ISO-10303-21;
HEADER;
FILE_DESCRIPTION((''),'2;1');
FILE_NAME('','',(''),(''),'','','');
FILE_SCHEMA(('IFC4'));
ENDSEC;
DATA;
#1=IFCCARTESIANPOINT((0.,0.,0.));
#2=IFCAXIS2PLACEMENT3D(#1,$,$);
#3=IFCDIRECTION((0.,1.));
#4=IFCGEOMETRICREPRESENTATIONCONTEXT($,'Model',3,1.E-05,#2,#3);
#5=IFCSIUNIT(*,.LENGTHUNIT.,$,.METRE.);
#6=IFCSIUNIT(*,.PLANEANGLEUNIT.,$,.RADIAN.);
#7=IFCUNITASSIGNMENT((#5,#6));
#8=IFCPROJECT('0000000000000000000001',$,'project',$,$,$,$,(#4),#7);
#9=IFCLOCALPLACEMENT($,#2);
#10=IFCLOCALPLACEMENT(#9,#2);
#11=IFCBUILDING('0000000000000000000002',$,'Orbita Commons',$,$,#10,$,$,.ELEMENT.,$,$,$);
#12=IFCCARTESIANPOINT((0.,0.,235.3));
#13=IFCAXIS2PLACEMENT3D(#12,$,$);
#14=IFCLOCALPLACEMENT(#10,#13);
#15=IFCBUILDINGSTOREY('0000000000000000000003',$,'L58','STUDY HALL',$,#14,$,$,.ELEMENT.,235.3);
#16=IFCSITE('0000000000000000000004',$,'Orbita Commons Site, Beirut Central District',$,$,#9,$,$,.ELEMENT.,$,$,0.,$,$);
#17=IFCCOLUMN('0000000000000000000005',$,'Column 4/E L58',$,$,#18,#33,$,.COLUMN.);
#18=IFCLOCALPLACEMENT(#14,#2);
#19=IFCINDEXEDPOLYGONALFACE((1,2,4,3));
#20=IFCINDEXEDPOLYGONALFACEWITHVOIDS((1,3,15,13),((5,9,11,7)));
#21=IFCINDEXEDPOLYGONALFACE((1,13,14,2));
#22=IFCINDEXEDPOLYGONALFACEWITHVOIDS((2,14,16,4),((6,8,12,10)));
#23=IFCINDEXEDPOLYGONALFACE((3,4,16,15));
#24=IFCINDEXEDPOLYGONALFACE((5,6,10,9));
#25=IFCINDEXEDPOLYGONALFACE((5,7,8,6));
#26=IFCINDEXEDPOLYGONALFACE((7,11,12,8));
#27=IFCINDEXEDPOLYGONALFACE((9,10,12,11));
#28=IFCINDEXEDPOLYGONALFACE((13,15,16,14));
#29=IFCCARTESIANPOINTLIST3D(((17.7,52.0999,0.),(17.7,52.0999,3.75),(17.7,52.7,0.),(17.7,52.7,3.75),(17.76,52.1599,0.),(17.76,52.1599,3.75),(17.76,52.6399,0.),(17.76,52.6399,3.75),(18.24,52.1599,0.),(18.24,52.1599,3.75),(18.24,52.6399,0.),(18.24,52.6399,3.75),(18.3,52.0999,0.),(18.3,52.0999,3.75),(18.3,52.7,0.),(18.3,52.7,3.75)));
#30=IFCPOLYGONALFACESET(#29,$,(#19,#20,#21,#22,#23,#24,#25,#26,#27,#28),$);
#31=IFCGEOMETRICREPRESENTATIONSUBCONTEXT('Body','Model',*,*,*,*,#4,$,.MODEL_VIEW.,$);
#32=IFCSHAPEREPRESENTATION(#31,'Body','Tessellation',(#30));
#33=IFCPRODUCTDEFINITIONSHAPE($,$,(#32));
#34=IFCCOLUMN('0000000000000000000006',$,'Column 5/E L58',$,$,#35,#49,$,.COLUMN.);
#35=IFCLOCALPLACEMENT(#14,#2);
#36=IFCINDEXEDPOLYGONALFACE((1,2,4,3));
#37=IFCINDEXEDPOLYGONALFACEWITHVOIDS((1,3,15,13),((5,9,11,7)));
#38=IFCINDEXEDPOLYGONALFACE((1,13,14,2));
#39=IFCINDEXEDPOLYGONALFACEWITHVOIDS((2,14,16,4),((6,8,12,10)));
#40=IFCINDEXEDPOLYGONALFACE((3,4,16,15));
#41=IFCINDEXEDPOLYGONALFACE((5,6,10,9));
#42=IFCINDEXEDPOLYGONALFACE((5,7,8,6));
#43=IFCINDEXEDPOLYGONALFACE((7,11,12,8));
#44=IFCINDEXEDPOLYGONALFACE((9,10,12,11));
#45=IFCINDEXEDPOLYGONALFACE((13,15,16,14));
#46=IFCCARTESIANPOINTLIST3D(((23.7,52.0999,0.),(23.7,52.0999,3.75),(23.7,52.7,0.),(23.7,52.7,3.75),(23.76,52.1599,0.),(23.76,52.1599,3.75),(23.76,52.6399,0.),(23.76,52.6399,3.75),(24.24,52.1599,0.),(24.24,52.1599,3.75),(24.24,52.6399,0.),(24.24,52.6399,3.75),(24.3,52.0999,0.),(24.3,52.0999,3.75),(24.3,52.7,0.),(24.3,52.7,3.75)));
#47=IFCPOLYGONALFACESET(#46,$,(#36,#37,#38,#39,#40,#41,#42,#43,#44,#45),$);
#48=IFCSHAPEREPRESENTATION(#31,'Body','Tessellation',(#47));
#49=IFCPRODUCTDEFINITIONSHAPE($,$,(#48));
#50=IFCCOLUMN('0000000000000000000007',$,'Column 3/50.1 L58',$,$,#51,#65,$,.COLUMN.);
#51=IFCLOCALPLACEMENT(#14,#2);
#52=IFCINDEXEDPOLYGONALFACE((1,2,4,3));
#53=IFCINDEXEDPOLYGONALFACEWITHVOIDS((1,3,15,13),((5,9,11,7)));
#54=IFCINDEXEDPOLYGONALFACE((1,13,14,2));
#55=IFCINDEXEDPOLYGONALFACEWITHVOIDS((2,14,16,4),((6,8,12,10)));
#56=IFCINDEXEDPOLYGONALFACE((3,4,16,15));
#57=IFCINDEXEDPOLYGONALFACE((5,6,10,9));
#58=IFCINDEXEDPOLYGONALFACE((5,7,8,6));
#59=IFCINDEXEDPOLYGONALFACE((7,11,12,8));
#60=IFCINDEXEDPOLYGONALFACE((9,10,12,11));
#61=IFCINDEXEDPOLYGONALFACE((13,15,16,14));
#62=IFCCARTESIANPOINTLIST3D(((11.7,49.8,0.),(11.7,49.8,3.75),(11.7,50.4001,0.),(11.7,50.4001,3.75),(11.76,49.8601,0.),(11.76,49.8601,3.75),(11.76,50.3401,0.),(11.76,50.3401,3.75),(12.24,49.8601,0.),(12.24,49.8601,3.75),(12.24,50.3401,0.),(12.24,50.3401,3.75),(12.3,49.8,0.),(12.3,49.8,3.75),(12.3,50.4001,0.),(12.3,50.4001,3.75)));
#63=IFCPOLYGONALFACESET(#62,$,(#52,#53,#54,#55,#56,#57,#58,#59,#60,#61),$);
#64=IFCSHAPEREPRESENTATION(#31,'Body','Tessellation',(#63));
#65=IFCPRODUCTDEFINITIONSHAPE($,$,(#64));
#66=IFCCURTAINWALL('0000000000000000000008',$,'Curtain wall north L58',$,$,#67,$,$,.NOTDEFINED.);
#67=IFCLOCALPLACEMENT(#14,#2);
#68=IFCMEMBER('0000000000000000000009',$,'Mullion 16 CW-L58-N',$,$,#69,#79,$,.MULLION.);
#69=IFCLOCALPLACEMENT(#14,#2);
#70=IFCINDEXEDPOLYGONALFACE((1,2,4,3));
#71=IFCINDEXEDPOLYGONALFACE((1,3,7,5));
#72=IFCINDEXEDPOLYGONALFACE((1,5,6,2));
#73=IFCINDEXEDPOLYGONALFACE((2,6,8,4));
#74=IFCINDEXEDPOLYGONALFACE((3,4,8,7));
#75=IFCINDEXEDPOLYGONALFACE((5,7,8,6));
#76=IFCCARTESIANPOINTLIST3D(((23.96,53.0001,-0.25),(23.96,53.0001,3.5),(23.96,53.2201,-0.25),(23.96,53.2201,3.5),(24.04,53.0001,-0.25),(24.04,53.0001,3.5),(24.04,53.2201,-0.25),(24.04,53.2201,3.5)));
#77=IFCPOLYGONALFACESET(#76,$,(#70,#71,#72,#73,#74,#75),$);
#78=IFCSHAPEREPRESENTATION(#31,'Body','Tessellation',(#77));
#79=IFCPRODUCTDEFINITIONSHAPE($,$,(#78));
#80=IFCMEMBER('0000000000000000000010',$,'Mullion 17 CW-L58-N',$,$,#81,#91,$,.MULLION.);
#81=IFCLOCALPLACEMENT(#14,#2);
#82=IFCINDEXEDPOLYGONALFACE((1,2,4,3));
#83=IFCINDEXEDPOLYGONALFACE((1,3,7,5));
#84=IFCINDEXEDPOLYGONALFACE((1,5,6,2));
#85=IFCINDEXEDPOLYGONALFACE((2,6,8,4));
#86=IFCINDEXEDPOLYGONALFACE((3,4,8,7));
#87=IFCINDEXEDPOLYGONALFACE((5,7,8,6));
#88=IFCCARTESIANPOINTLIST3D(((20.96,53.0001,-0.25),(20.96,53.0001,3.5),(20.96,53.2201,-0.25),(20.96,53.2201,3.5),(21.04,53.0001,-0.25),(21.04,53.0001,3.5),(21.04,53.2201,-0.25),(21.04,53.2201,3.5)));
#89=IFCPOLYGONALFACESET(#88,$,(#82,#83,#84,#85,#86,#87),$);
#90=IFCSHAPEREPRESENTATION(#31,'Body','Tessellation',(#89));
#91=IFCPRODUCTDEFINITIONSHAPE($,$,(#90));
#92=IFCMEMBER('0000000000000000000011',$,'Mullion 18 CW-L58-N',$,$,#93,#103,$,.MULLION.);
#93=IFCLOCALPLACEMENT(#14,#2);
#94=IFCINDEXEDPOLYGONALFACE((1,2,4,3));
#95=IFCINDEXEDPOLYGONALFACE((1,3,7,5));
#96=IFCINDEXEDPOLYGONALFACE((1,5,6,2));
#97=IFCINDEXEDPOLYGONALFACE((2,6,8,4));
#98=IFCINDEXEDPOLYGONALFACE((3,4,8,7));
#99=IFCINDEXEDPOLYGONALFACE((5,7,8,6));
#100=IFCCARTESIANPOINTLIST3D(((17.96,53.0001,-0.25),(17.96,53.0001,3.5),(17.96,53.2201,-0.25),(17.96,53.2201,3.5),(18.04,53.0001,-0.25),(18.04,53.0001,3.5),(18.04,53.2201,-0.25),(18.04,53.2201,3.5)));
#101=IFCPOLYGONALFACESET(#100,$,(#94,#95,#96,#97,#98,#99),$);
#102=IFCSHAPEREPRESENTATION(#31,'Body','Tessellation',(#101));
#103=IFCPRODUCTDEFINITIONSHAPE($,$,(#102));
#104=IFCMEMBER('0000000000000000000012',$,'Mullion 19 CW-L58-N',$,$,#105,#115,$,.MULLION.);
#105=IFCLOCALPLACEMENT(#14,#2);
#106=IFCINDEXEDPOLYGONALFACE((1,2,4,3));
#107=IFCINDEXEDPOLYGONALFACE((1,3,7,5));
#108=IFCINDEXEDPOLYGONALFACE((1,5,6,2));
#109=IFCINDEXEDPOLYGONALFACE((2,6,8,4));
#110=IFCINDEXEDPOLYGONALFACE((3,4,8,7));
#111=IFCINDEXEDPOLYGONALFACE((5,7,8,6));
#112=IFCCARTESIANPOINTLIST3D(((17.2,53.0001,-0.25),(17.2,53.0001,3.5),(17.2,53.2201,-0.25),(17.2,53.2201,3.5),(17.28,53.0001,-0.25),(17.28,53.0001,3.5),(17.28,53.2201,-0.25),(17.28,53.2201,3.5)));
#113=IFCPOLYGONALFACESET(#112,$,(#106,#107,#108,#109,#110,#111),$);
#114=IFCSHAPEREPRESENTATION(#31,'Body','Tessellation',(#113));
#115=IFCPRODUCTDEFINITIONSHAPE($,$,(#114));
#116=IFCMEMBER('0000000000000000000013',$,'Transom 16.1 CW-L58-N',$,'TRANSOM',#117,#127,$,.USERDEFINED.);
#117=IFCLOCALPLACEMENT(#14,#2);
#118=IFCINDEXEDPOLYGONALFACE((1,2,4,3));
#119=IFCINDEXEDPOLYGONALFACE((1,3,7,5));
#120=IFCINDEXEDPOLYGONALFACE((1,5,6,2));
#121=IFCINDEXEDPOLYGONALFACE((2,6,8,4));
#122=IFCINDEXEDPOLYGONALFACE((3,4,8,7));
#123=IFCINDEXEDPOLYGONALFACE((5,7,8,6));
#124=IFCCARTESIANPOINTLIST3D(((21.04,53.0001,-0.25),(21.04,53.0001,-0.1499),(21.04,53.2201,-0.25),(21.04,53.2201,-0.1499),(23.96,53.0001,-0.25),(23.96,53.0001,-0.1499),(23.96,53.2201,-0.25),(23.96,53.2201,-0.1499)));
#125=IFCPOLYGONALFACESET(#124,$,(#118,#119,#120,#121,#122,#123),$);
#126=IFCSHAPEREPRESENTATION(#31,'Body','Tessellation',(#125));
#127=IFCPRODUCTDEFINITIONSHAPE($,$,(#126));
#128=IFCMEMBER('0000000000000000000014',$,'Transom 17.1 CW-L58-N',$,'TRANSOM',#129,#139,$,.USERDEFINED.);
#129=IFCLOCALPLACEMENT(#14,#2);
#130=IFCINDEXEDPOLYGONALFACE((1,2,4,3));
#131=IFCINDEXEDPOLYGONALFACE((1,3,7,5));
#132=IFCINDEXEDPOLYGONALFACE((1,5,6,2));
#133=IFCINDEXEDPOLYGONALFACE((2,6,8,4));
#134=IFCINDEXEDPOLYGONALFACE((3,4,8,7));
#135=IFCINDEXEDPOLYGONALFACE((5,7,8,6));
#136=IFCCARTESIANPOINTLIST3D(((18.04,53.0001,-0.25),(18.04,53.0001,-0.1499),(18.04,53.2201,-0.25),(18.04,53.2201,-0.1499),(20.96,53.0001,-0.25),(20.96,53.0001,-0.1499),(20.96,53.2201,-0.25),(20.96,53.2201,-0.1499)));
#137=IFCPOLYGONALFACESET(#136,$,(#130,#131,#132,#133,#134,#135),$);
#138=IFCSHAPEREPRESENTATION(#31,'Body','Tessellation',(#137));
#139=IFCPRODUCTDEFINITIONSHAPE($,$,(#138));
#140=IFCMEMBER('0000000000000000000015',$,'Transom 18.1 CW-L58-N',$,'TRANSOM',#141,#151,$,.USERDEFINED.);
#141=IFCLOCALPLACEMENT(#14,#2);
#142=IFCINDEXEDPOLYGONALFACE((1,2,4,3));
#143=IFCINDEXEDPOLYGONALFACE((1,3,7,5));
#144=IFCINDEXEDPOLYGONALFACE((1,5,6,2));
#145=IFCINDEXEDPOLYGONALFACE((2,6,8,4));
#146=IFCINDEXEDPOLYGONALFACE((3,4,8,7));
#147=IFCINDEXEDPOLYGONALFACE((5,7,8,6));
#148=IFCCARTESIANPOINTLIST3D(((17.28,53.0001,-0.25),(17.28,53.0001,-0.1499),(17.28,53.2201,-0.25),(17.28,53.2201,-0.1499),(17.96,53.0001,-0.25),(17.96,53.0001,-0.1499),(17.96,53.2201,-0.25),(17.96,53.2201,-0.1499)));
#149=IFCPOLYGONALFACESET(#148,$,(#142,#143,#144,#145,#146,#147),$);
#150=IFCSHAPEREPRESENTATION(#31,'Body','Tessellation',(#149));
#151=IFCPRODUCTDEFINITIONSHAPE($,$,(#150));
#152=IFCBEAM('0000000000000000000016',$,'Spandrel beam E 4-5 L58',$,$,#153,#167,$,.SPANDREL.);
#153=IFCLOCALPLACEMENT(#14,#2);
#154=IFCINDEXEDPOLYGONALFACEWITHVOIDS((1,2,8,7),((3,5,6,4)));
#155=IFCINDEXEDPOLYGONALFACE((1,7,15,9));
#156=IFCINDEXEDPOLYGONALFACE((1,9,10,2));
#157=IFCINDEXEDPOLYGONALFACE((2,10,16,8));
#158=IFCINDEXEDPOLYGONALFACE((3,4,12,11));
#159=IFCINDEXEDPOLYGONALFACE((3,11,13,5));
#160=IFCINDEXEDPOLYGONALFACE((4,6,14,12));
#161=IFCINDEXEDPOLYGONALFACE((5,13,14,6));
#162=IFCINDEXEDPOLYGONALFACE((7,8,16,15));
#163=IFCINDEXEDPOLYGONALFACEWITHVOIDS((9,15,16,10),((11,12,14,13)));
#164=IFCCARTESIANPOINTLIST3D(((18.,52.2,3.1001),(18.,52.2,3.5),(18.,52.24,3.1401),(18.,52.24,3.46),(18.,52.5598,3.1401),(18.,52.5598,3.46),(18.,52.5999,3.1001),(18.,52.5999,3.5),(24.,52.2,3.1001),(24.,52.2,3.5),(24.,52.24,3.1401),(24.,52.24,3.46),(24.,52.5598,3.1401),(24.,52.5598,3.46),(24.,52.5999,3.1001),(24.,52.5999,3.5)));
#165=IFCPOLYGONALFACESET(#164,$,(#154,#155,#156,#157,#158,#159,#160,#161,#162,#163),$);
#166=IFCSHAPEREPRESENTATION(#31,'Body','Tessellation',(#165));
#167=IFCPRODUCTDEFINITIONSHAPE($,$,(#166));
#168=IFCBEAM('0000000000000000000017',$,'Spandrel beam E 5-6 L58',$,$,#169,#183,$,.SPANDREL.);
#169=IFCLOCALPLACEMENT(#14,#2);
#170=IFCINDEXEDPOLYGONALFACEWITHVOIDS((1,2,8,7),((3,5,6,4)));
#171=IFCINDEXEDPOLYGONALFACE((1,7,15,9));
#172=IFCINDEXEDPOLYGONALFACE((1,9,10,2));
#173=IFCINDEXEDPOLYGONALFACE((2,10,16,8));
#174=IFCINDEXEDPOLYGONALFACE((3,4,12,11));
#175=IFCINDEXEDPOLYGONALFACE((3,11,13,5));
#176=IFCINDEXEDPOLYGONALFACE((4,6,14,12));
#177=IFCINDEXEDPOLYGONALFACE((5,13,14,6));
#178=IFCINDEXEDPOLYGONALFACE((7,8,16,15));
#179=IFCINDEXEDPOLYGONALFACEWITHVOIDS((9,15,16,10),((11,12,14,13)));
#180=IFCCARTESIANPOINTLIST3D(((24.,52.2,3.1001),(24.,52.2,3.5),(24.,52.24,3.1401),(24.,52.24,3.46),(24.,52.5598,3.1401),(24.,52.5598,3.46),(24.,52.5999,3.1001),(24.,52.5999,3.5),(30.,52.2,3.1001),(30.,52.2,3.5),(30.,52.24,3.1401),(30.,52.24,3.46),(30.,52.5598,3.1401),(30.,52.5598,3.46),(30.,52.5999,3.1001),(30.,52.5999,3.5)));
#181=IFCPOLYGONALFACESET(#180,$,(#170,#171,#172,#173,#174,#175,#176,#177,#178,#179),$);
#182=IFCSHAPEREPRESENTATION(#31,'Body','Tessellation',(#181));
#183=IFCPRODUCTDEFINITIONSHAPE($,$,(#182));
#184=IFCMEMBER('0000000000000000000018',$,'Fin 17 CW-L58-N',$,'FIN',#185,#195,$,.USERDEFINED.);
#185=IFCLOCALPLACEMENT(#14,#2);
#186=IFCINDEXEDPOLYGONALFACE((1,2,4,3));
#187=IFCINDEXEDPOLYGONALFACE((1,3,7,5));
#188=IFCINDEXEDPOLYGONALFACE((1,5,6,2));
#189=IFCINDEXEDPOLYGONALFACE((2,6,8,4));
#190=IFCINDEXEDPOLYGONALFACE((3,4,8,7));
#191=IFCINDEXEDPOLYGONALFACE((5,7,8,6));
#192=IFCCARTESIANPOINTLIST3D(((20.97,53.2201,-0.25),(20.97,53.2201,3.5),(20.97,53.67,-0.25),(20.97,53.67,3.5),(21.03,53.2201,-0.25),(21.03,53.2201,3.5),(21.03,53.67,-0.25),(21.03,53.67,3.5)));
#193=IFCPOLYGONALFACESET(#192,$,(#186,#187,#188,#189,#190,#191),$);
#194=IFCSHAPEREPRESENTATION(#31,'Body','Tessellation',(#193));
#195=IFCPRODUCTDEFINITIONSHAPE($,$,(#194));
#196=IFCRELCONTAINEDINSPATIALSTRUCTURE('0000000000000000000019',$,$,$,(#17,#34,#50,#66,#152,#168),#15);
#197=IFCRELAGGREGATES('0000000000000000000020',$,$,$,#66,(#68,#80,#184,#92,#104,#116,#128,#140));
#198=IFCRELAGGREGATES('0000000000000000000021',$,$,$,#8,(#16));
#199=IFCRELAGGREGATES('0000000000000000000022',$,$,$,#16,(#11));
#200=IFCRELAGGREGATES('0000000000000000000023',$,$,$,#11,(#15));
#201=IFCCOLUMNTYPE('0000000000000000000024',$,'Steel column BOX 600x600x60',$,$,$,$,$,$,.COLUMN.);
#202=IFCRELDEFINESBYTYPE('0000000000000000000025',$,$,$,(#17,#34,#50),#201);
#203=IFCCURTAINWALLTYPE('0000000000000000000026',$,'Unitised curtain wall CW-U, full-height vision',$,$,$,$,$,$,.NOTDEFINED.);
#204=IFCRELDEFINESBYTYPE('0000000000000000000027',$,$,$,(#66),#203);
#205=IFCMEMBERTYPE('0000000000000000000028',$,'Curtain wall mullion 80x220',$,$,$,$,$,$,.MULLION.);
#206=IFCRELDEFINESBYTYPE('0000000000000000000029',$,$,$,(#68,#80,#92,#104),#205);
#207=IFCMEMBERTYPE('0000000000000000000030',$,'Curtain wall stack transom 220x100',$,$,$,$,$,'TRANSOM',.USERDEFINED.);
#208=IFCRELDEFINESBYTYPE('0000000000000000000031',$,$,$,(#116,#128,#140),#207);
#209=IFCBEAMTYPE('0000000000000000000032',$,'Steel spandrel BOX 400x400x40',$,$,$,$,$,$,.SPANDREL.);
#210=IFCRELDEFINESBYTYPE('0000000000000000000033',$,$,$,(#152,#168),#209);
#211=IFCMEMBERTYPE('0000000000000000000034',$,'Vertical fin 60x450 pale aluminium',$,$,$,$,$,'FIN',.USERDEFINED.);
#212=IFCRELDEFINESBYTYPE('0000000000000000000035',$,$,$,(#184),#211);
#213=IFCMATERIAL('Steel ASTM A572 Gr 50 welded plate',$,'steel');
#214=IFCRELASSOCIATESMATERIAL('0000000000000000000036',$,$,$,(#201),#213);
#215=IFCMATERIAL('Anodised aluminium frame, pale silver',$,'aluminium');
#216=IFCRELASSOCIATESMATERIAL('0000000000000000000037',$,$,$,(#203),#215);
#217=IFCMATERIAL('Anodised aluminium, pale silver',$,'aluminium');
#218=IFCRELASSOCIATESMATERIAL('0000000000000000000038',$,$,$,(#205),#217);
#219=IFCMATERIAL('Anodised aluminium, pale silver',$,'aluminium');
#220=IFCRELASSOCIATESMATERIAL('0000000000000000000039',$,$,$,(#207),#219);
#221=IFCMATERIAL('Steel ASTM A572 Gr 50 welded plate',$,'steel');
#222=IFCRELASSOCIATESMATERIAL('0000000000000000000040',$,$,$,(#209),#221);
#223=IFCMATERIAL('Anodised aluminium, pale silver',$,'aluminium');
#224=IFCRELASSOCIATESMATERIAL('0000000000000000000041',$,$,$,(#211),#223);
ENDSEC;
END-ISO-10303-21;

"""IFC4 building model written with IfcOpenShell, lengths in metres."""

from ifc_helpers import new_model, si_unit, direction, frame, origin, origin_2d, place, context, subcontext, project, spatial, rectangle, hollow_rectangle, extrude, material, material_profile, profile_set, type_object, element, aggregate, save


model = new_model("IFC4")

# Units and contexts
model_context = context("Model", 3, precision=1e-05, world=origin(), true_north=direction((0.0, 1.0)))
body_context = subcontext(model_context, "Body", "Model", "MODEL_VIEW")
ifc_project = project(units=[si_unit("LENGTHUNIT", "METRE"), si_unit("PLANEANGLEUNIT", "RADIAN")], contexts=[model_context])

# Site, building, storey
site_placement = place(None, origin())
site = spatial("IfcSite", under=ifc_project, at=site_placement, Name="Orbita Commons Site, Beirut Central District", CompositionType="ELEMENT", RefElevation=0.0)
building_placement = place(site_placement, origin())
building = spatial("IfcBuilding", under=site, at=building_placement, Name="Orbita Commons", CompositionType="ELEMENT")
storey_placement = place(building_placement, frame((0.0, 0.0, 235.3)))
storey = spatial("IfcBuildingStorey", under=building, at=storey_placement, Name="L58", Description="STUDY HALL", CompositionType="ELEMENT", Elevation=235.3)

# Columns
ifc_material_1 = material(Name="Steel ASTM A572 Gr 50 welded plate", Category="steel")
ifc_material_profile_1 = material_profile(ifc_material_1, hollow_rectangle(XDim=0.6001, YDim=0.6001, WallThickness=0.0601, at=origin_2d()), Name="BOX 600x600x60")
ifc_profile_set_1 = profile_set([ifc_material_profile_1], Name="Steel ASTM A572 Gr 50 welded plate")
column_type = type_object("IfcColumnType", Name="Steel column BOX 600x600x60", PredefinedType="COLUMN", material=ifc_profile_set_1)
for number, where, z_axis, x_axis, name in (
    (1, (18.0, 52.3999, 0.0), (0.0, 0.0, 1.0), (1.0, 0.0, 0.0), "Column 4/E L58"),
    (2, (24.0, 52.3999, 0.0), (0.0, 0.0, 1.0), (1.0, 0.0, 0.0), "Column 5/E L58"),
    (3, (12.0, 50.1001, 0.0), (0.0, 0.0, 1.0), (1.0, 0.0, 0.0), "Column 3/50.1 L58"),
):
    element("IfcColumn", number, at=place(storey_placement, frame(where, z_axis=z_axis, x_axis=x_axis)), inside=storey, type_object=column_type, Name=name, PredefinedType="COLUMN", context=body_context, shape_type="SweptSolid", body=[
        extrude(hollow_rectangle(XDim=0.6001, YDim=0.6001, WallThickness=0.0601, at=origin_2d()), origin(), (0.0, 0.0, 1.0), 3.75),
    ])

# Curtain wall, members
ifc_material_2 = material(Name="Anodised aluminium frame, pale silver", Category="aluminium")
curtain_wall_type = type_object("IfcCurtainWallType", Name="Unitised curtain wall CW-U, full-height vision", PredefinedType="NOTDEFINED", material=ifc_material_2)
curtain_wall_placement = place(storey_placement, origin())
curtain_wall = element("IfcCurtainWall", 4, at=curtain_wall_placement, inside=storey, type_object=curtain_wall_type, Name="Curtain wall north L58", PredefinedType="NOTDEFINED")
ifc_material_3 = material(Name="Anodised aluminium, pale silver", Category="aluminium")
ifc_material_profile_2 = material_profile(ifc_material_3, rectangle(XDim=0.0801, YDim=0.22, at=origin_2d()), Name="AL 80x220")
ifc_profile_set_2 = profile_set([ifc_material_profile_2], Name="Anodised aluminium, pale silver")
member_type_1 = type_object("IfcMemberType", Name="Curtain wall mullion 80x220", PredefinedType="MULLION", material=ifc_profile_set_2)
member_1_placement = place(storey_placement, frame((24.0, 53.1101, -0.25), z_axis=(0.0, 0.0, 1.0), x_axis=(-1.0, 0.0, 0.0)))
member_1 = element("IfcMember", 5, at=member_1_placement, type_object=member_type_1, Name="Mullion 16 CW-L58-N", PredefinedType="MULLION", context=body_context, shape_type="SweptSolid", body=[
    extrude(rectangle(XDim=0.0801, YDim=0.22, at=origin_2d()), origin(), (0.0, 0.0, 1.0), 3.75),
])
member_2_placement = place(storey_placement, frame((21.0, 53.1101, -0.25), z_axis=(0.0, 0.0, 1.0), x_axis=(-1.0, 0.0, 0.0)))
member_2 = element("IfcMember", 6, at=member_2_placement, type_object=member_type_1, Name="Mullion 17 CW-L58-N", PredefinedType="MULLION", context=body_context, shape_type="SweptSolid", body=[
    extrude(rectangle(XDim=0.0801, YDim=0.22, at=origin_2d()), origin(), (0.0, 0.0, 1.0), 3.75),
])
member_3_placement = place(storey_placement, frame((18.0, 53.1101, -0.25), z_axis=(0.0, 0.0, 1.0), x_axis=(-1.0, 0.0, 0.0)))
member_3 = element("IfcMember", 7, at=member_3_placement, type_object=member_type_1, Name="Mullion 18 CW-L58-N", PredefinedType="MULLION", context=body_context, shape_type="SweptSolid", body=[
    extrude(rectangle(XDim=0.0801, YDim=0.22, at=origin_2d()), origin(), (0.0, 0.0, 1.0), 3.75),
])
member_4_placement = place(storey_placement, frame((17.24, 53.1101, -0.25), z_axis=(0.0, 0.0, 1.0), x_axis=(-1.0, 0.0, 0.0)))
member_4 = element("IfcMember", 8, at=member_4_placement, type_object=member_type_1, Name="Mullion 19 CW-L58-N", PredefinedType="MULLION", context=body_context, shape_type="SweptSolid", body=[
    extrude(rectangle(XDim=0.0801, YDim=0.22, at=origin_2d()), origin(), (0.0, 0.0, 1.0), 3.75),
])
ifc_material_4 = material(Name="Anodised aluminium, pale silver", Category="aluminium")
ifc_material_profile_3 = material_profile(ifc_material_4, rectangle(XDim=0.22, YDim=0.1001, at=origin_2d()), Name="AL 220x100")
ifc_profile_set_3 = profile_set([ifc_material_profile_3], Name="Anodised aluminium, pale silver")
member_type_2 = type_object("IfcMemberType", Name="Curtain wall stack transom 220x100", ElementType="TRANSOM", PredefinedType="USERDEFINED", material=ifc_profile_set_3)
member_5_placement = place(storey_placement, frame((23.96, 53.1101, -0.2), z_axis=(-1.0, 0.0, 0.0), x_axis=(0.0, -1.0, 0.0)))
member_5 = element("IfcMember", 9, at=member_5_placement, type_object=member_type_2, Name="Transom 16.1 CW-L58-N", ObjectType="TRANSOM", PredefinedType="USERDEFINED", context=body_context, shape_type="SweptSolid", body=[
    extrude(rectangle(XDim=0.22, YDim=0.1001, at=origin_2d()), origin(), (0.0, 0.0, 1.0), 2.9199),
])
member_6_placement = place(storey_placement, frame((20.96, 53.1101, -0.2), z_axis=(-1.0, 0.0, 0.0), x_axis=(0.0, -1.0, 0.0)))
member_6 = element("IfcMember", 10, at=member_6_placement, type_object=member_type_2, Name="Transom 17.1 CW-L58-N", ObjectType="TRANSOM", PredefinedType="USERDEFINED", context=body_context, shape_type="SweptSolid", body=[
    extrude(rectangle(XDim=0.22, YDim=0.1001, at=origin_2d()), origin(), (0.0, 0.0, 1.0), 2.9199),
])
member_7_placement = place(storey_placement, frame((17.96, 53.1101, -0.2), z_axis=(-1.0, 0.0, 0.0), x_axis=(0.0, -1.0, 0.0)))
member_7 = element("IfcMember", 11, at=member_7_placement, type_object=member_type_2, Name="Transom 18.1 CW-L58-N", ObjectType="TRANSOM", PredefinedType="USERDEFINED", context=body_context, shape_type="SweptSolid", body=[
    extrude(rectangle(XDim=0.22, YDim=0.1001, at=origin_2d()), origin(), (0.0, 0.0, 1.0), 0.6799),
])

# Beams
ifc_material_5 = material(Name="Steel ASTM A572 Gr 50 welded plate", Category="steel")
ifc_material_profile_4 = material_profile(ifc_material_5, hollow_rectangle(XDim=0.3999, YDim=0.3999, WallThickness=0.04, at=origin_2d()), Name="BOX 400x400x40")
ifc_profile_set_4 = profile_set([ifc_material_profile_4], Name="Steel ASTM A572 Gr 50 welded plate")
beam_type = type_object("IfcBeamType", Name="Steel spandrel BOX 400x400x40", PredefinedType="SPANDREL", material=ifc_profile_set_4)
for number, where, z_axis, x_axis, name in (
    (12, (18.0, 52.3999, 3.3), (1.0, 0.0, 0.0), (0.0, 1.0, 0.0), "Spandrel beam E 4-5 L58"),
    (13, (24.0, 52.3999, 3.3), (1.0, 0.0, 0.0), (0.0, 1.0, 0.0), "Spandrel beam E 5-6 L58"),
):
    element("IfcBeam", number, at=place(storey_placement, frame(where, z_axis=z_axis, x_axis=x_axis)), inside=storey, type_object=beam_type, Name=name, PredefinedType="SPANDREL", context=body_context, shape_type="SweptSolid", body=[
        extrude(hollow_rectangle(XDim=0.3999, YDim=0.3999, WallThickness=0.04, at=origin_2d()), origin(), (0.0, 0.0, 1.0), 6.0),
    ])

# Member
ifc_material_6 = material(Name="Anodised aluminium, pale silver", Category="aluminium")
ifc_material_profile_5 = material_profile(ifc_material_6, rectangle(XDim=0.0601, YDim=0.45, at=origin_2d()), Name="FIN 60x450")
ifc_profile_set_5 = profile_set([ifc_material_profile_5], Name="Anodised aluminium, pale silver")
member_type_3 = type_object("IfcMemberType", Name="Vertical fin 60x450 pale aluminium", ElementType="FIN", PredefinedType="USERDEFINED", material=ifc_profile_set_5)
member_8_placement = place(storey_placement, frame((21.0, 53.4451, -0.25), z_axis=(0.0, 0.0, 1.0), x_axis=(-1.0, 0.0, 0.0)))
member_8 = element("IfcMember", 14, at=member_8_placement, type_object=member_type_3, Name="Fin 17 CW-L58-N", ObjectType="FIN", PredefinedType="USERDEFINED", context=body_context, shape_type="SweptSolid", body=[
    extrude(rectangle(XDim=0.0601, YDim=0.45, at=origin_2d()), origin(), (0.0, 0.0, 1.0), 3.75),
])

aggregate(curtain_wall, [member_1, member_2, member_8, member_3, member_4, member_5, member_6, member_7])

save(model, "model.ifc")
